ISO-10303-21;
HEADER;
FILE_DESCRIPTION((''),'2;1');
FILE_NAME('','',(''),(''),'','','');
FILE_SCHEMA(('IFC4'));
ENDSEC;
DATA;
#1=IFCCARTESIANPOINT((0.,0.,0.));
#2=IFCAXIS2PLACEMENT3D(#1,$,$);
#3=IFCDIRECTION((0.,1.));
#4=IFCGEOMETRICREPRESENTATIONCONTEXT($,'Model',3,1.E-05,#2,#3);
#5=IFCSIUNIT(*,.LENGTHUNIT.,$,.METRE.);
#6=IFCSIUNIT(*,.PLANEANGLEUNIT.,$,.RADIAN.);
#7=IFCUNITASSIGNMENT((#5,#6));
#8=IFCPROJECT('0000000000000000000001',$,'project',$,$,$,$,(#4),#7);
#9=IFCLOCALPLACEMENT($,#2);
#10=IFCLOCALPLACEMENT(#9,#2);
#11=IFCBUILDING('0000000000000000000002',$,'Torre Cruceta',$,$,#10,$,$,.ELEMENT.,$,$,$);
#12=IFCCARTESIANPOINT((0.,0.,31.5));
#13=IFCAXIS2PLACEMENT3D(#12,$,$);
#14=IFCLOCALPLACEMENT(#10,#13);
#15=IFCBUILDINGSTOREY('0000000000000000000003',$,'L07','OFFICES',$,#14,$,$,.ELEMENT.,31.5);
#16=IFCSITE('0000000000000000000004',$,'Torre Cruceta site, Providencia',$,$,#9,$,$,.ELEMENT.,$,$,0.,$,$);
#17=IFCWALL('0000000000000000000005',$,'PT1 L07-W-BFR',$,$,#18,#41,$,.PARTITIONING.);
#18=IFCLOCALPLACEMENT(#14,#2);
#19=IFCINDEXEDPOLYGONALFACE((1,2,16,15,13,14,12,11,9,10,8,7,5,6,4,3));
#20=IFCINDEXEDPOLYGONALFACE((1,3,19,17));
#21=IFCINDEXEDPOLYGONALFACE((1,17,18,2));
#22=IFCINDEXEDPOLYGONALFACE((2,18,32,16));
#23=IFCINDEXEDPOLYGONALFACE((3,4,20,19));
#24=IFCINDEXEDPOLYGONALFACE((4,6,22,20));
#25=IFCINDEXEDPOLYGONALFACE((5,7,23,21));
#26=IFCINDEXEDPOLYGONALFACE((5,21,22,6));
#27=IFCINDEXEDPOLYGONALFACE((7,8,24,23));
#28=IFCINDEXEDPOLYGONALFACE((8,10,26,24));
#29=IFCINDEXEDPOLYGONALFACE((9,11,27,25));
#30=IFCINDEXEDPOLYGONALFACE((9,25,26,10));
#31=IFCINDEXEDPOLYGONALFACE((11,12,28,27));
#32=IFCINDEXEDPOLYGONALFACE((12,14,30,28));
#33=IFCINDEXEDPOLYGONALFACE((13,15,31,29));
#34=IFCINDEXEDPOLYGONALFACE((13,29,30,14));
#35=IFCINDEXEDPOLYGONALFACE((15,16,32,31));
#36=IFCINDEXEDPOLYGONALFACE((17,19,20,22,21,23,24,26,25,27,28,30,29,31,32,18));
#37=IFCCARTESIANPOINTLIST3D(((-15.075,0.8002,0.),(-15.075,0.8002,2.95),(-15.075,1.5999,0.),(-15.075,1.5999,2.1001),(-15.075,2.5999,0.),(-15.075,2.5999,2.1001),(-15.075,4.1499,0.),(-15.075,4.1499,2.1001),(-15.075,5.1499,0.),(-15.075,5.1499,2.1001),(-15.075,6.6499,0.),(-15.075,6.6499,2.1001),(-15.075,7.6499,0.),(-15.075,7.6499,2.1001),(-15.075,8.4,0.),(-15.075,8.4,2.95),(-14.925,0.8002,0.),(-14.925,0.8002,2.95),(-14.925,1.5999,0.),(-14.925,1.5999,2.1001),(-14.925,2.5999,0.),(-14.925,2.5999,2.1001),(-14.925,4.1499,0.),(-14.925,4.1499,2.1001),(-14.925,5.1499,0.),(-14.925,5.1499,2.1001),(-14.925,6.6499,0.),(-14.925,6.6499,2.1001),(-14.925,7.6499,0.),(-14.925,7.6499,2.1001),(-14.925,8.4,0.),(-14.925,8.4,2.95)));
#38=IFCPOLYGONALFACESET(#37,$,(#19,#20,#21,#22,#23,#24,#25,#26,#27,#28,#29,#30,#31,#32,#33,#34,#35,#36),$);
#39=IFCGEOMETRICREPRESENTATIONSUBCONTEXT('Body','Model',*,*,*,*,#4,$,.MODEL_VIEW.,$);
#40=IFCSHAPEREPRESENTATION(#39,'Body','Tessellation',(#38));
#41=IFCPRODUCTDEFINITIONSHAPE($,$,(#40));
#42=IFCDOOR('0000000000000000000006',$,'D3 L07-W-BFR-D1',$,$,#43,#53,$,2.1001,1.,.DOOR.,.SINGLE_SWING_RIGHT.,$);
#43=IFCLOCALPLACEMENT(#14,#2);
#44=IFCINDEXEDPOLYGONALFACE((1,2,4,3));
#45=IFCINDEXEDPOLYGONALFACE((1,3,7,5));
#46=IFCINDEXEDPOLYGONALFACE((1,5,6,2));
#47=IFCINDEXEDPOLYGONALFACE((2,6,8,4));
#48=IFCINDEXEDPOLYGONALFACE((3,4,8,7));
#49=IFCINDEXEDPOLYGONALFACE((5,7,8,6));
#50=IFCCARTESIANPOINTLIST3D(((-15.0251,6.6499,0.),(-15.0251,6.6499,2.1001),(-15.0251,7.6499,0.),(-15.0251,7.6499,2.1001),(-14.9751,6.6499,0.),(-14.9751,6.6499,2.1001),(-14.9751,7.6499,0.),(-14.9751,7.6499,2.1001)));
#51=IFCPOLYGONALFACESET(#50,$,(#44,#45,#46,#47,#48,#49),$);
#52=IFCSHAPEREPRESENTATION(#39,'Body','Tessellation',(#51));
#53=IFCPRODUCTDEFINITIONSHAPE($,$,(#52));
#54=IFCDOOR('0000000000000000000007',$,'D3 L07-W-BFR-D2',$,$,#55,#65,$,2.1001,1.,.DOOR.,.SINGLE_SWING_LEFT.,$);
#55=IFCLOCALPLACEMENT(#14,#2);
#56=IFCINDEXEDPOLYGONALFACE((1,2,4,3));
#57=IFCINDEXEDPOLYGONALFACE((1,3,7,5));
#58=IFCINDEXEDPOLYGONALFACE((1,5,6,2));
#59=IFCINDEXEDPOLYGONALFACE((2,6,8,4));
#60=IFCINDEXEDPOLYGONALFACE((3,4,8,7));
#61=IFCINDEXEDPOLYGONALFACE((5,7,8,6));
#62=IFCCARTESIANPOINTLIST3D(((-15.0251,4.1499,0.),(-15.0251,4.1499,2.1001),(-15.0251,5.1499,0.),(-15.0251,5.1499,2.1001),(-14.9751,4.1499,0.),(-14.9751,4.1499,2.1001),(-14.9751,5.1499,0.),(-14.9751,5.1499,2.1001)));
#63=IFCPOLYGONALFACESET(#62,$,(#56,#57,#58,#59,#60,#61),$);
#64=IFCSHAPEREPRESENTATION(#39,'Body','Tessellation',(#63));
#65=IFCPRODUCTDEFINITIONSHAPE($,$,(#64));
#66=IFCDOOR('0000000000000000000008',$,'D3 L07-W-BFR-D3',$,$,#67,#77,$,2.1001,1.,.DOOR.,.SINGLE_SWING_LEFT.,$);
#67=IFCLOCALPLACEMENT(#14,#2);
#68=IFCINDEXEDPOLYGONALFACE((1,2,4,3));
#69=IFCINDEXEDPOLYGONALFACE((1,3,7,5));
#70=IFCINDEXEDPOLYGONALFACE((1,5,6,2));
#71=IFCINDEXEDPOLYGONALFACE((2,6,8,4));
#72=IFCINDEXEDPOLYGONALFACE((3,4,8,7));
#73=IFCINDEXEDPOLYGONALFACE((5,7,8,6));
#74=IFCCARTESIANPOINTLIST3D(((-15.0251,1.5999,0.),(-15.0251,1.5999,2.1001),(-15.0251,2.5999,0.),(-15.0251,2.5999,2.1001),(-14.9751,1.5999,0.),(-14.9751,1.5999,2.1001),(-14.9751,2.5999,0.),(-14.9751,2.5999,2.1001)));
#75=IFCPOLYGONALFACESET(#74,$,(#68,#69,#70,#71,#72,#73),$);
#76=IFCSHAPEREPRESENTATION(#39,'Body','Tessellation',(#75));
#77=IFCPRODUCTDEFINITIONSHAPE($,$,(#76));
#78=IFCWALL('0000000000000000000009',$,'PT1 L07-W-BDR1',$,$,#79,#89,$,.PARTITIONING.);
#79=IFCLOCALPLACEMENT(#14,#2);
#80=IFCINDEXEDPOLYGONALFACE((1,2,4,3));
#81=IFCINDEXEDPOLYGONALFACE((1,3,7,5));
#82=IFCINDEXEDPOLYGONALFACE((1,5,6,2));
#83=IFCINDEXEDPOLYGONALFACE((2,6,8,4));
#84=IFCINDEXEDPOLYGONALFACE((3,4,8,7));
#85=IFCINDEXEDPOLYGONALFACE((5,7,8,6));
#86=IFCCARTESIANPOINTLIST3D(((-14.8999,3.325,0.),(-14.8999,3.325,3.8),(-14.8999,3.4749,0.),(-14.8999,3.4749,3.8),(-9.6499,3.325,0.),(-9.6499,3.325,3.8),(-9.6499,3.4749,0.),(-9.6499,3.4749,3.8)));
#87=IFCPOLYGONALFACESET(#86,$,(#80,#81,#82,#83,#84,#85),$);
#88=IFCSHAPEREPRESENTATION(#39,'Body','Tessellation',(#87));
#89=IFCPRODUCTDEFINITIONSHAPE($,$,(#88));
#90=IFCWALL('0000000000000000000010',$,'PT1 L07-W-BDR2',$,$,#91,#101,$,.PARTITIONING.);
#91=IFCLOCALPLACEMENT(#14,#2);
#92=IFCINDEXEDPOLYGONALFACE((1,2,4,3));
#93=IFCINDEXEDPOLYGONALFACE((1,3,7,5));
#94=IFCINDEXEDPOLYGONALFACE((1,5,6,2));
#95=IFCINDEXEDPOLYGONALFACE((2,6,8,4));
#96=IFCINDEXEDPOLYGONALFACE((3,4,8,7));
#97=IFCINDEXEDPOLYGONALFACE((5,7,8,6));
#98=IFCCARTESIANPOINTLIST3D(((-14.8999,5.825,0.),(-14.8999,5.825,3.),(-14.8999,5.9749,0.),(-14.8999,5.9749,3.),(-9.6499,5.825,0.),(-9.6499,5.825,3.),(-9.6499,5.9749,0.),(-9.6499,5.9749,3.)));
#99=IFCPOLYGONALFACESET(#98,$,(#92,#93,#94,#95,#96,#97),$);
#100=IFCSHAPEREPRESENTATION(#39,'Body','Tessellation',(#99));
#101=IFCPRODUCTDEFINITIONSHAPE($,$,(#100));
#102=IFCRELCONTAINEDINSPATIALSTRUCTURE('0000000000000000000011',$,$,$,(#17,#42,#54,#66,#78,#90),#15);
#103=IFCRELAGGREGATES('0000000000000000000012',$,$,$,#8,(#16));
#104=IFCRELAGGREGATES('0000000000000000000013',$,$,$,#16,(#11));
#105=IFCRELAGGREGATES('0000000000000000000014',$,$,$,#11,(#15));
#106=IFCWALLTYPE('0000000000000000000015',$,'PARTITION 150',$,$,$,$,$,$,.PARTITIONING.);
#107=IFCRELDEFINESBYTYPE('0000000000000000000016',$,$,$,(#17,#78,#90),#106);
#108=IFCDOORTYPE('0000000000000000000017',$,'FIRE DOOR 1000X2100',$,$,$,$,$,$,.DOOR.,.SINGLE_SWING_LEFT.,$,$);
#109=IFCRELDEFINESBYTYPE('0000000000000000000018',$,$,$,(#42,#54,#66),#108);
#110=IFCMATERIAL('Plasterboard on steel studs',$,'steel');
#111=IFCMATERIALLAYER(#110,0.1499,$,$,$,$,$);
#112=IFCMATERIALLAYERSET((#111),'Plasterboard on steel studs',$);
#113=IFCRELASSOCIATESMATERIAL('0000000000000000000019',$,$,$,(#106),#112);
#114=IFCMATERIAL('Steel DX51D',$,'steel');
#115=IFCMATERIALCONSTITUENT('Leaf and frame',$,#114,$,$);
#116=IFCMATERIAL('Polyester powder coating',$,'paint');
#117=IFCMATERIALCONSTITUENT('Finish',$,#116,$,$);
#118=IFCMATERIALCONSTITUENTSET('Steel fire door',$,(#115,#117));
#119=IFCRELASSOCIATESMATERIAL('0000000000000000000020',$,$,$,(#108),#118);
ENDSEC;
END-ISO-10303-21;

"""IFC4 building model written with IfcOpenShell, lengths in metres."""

from ifc_helpers import new_model, si_unit, direction, frame, frame_2d, origin, place, context, subcontext, project, spatial, rectangle, extrude, material, layer, layer_set, constituent, constituent_set, type_object, element, fill, save


model = new_model("IFC4")

# Units and contexts
model_context = context("Model", 3, precision=1e-05, world=origin(), true_north=direction((0.0, 1.0)))
body_context = subcontext(model_context, "Body", "Model", "MODEL_VIEW")
ifc_project = project(units=[si_unit("LENGTHUNIT", "METRE"), si_unit("PLANEANGLEUNIT", "RADIAN")], contexts=[model_context])

# Site, building, storey
site_placement = place(None, origin())
site = spatial("IfcSite", under=ifc_project, at=site_placement, Name="Torre Cruceta site, Providencia", CompositionType="ELEMENT", RefElevation=0.0)
building_placement = place(site_placement, origin())
building = spatial("IfcBuilding", under=site, at=building_placement, Name="Torre Cruceta", CompositionType="ELEMENT")
storey_placement = place(building_placement, frame((0.0, 0.0, 31.5)))
storey = spatial("IfcBuildingStorey", under=building, at=storey_placement, Name="L07", Description="OFFICES", CompositionType="ELEMENT", Elevation=31.5)

# Wall, openings, doors
ifc_material_1 = material(Name="Plasterboard on steel studs", Category="steel")
ifc_layer_1 = layer(ifc_material_1, 0.1499)
ifc_layer_set_1 = layer_set([ifc_layer_1], Name="Plasterboard on steel studs")
wall_type_1 = type_object("IfcWallType", Name="PARTITION 150", PredefinedType="PARTITIONING", material=ifc_layer_set_1)
wall_1_placement = place(storey_placement, frame((-15.0, 8.3999, 0.0), z_axis=(0.0, 0.0, 1.0), x_axis=(0.0, -1.0, 0.0)))
wall_1 = element("IfcWall", 1, at=wall_1_placement, inside=storey, type_object=wall_type_1, Name="PT1 L07-W-BFR", PredefinedType="PARTITIONING", context=body_context, shape_type="SweptSolid", body=[
    extrude(rectangle(XDim=7.5999, YDim=0.1499, at=frame_2d((3.7998, 0.0))), origin(), (0.0, 0.0, 1.0), 2.95),
])
opening_1_placement = place(wall_1_placement, frame((0.75, 0.0, 0.0)))
opening_1 = element("IfcOpeningElement", 2, at=opening_1_placement, cuts=wall_1, PredefinedType="OPENING", context=body_context, shape_type="SweptSolid", body=[
    extrude(rectangle(XDim=1.0, YDim=2.1001, at=frame_2d((0.5, 1.05))), frame((0.0, 0.085, 0.0), z_axis=(0.0, -1.0, 0.0), x_axis=(1.0, 0.0, 0.0)), (0.0, 0.0, 1.0), 0.1699),
])
opening_2_placement = place(wall_1_placement, frame((3.25, 0.0, 0.0)))
opening_2 = element("IfcOpeningElement", 3, at=opening_2_placement, cuts=wall_1, PredefinedType="OPENING", context=body_context, shape_type="SweptSolid", body=[
    extrude(rectangle(XDim=1.0, YDim=2.1001, at=frame_2d((0.5, 1.05))), frame((0.0, 0.085, 0.0), z_axis=(0.0, -1.0, 0.0), x_axis=(1.0, 0.0, 0.0)), (0.0, 0.0, 1.0), 0.1699),
])
opening_3_placement = place(wall_1_placement, frame((5.8, 0.0, 0.0)))
opening_3 = element("IfcOpeningElement", 4, at=opening_3_placement, cuts=wall_1, PredefinedType="OPENING", context=body_context, shape_type="SweptSolid", body=[
    extrude(rectangle(XDim=1.0, YDim=2.1001, at=frame_2d((0.5, 1.05))), frame((0.0, 0.085, 0.0), z_axis=(0.0, -1.0, 0.0), x_axis=(1.0, 0.0, 0.0)), (0.0, 0.0, 1.0), 0.1699),
])
ifc_material_2 = material(Name="Steel DX51D", Category="steel")
ifc_constituent_1 = constituent(ifc_material_2, Name="Leaf and frame")
ifc_material_3 = material(Name="Polyester powder coating", Category="paint")
ifc_constituent_2 = constituent(ifc_material_3, Name="Finish")
ifc_constituent_set_1 = constituent_set(constituents=[ifc_constituent_1, ifc_constituent_2], Name="Steel fire door")
door_type_1 = type_object("IfcDoorType", Name="FIRE DOOR 1000X2100", OperationType="SINGLE_SWING_LEFT", PredefinedType="DOOR", material=ifc_constituent_set_1)
door_1_placement = place(opening_1_placement, origin())
door_1 = element("IfcDoor", 5, at=door_1_placement, inside=storey, type_object=door_type_1, Name="D3 L07-W-BFR-D1", OperationType="SINGLE_SWING_RIGHT", OverallHeight=2.1001, OverallWidth=1.0, PredefinedType="DOOR", context=body_context, shape_type="SweptSolid", body=[
    extrude(rectangle(XDim=1.0, YDim=2.1001, at=frame_2d((0.5, 1.05))), frame((0.0, 0.0249, 0.0), z_axis=(0.0, -1.0, 0.0), x_axis=(1.0, 0.0, 0.0)), (0.0, 0.0, 1.0), 0.05),
])
fill(opening_1, door_1)
door_2_placement = place(opening_2_placement, origin())
door_2 = element("IfcDoor", 6, at=door_2_placement, inside=storey, type_object=door_type_1, Name="D3 L07-W-BFR-D2", OperationType="SINGLE_SWING_LEFT", OverallHeight=2.1001, OverallWidth=1.0, PredefinedType="DOOR", context=body_context, shape_type="SweptSolid", body=[
    extrude(rectangle(XDim=1.0, YDim=2.1001, at=frame_2d((0.5, 1.05))), frame((0.0, 0.0249, 0.0), z_axis=(0.0, -1.0, 0.0), x_axis=(1.0, 0.0, 0.0)), (0.0, 0.0, 1.0), 0.05),
])
fill(opening_2, door_2)
door_3_placement = place(opening_3_placement, origin())
door_3 = element("IfcDoor", 7, at=door_3_placement, inside=storey, type_object=door_type_1, Name="D3 L07-W-BFR-D3", OperationType="SINGLE_SWING_LEFT", OverallHeight=2.1001, OverallWidth=1.0, PredefinedType="DOOR", context=body_context, shape_type="SweptSolid", body=[
    extrude(rectangle(XDim=1.0, YDim=2.1001, at=frame_2d((0.5, 1.05))), frame((0.0, 0.0249, 0.0), z_axis=(0.0, -1.0, 0.0), x_axis=(1.0, 0.0, 0.0)), (0.0, 0.0, 1.0), 0.05),
])
fill(opening_3, door_3)

# Walls
wall_2_placement = place(storey_placement, frame((-9.6499, 3.3999, 0.0), z_axis=(0.0, 0.0, 1.0), x_axis=(-1.0, 0.0, 0.0)))
element("IfcWall", 8, at=wall_2_placement, inside=storey, type_object=wall_type_1, Name="PT1 L07-W-BDR1", PredefinedType="PARTITIONING", context=body_context, shape_type="SweptSolid", body=[
    extrude(rectangle(XDim=5.25, YDim=0.1499, at=frame_2d((2.625, 0.0))), origin(), (0.0, 0.0, 1.0), 3.8),
])
wall_3_placement = place(storey_placement, frame((-9.6499, 5.8999, 0.0), z_axis=(0.0, 0.0, 1.0), x_axis=(-1.0, 0.0, 0.0)))
element("IfcWall", 9, at=wall_3_placement, inside=storey, type_object=wall_type_1, Name="PT1 L07-W-BDR2", PredefinedType="PARTITIONING", context=body_context, shape_type="SweptSolid", body=[
    extrude(rectangle(XDim=5.25, YDim=0.1499, at=frame_2d((2.625, 0.0))), origin(), (0.0, 0.0, 1.0), 3.0),
])

save(model, "model.ifc")
